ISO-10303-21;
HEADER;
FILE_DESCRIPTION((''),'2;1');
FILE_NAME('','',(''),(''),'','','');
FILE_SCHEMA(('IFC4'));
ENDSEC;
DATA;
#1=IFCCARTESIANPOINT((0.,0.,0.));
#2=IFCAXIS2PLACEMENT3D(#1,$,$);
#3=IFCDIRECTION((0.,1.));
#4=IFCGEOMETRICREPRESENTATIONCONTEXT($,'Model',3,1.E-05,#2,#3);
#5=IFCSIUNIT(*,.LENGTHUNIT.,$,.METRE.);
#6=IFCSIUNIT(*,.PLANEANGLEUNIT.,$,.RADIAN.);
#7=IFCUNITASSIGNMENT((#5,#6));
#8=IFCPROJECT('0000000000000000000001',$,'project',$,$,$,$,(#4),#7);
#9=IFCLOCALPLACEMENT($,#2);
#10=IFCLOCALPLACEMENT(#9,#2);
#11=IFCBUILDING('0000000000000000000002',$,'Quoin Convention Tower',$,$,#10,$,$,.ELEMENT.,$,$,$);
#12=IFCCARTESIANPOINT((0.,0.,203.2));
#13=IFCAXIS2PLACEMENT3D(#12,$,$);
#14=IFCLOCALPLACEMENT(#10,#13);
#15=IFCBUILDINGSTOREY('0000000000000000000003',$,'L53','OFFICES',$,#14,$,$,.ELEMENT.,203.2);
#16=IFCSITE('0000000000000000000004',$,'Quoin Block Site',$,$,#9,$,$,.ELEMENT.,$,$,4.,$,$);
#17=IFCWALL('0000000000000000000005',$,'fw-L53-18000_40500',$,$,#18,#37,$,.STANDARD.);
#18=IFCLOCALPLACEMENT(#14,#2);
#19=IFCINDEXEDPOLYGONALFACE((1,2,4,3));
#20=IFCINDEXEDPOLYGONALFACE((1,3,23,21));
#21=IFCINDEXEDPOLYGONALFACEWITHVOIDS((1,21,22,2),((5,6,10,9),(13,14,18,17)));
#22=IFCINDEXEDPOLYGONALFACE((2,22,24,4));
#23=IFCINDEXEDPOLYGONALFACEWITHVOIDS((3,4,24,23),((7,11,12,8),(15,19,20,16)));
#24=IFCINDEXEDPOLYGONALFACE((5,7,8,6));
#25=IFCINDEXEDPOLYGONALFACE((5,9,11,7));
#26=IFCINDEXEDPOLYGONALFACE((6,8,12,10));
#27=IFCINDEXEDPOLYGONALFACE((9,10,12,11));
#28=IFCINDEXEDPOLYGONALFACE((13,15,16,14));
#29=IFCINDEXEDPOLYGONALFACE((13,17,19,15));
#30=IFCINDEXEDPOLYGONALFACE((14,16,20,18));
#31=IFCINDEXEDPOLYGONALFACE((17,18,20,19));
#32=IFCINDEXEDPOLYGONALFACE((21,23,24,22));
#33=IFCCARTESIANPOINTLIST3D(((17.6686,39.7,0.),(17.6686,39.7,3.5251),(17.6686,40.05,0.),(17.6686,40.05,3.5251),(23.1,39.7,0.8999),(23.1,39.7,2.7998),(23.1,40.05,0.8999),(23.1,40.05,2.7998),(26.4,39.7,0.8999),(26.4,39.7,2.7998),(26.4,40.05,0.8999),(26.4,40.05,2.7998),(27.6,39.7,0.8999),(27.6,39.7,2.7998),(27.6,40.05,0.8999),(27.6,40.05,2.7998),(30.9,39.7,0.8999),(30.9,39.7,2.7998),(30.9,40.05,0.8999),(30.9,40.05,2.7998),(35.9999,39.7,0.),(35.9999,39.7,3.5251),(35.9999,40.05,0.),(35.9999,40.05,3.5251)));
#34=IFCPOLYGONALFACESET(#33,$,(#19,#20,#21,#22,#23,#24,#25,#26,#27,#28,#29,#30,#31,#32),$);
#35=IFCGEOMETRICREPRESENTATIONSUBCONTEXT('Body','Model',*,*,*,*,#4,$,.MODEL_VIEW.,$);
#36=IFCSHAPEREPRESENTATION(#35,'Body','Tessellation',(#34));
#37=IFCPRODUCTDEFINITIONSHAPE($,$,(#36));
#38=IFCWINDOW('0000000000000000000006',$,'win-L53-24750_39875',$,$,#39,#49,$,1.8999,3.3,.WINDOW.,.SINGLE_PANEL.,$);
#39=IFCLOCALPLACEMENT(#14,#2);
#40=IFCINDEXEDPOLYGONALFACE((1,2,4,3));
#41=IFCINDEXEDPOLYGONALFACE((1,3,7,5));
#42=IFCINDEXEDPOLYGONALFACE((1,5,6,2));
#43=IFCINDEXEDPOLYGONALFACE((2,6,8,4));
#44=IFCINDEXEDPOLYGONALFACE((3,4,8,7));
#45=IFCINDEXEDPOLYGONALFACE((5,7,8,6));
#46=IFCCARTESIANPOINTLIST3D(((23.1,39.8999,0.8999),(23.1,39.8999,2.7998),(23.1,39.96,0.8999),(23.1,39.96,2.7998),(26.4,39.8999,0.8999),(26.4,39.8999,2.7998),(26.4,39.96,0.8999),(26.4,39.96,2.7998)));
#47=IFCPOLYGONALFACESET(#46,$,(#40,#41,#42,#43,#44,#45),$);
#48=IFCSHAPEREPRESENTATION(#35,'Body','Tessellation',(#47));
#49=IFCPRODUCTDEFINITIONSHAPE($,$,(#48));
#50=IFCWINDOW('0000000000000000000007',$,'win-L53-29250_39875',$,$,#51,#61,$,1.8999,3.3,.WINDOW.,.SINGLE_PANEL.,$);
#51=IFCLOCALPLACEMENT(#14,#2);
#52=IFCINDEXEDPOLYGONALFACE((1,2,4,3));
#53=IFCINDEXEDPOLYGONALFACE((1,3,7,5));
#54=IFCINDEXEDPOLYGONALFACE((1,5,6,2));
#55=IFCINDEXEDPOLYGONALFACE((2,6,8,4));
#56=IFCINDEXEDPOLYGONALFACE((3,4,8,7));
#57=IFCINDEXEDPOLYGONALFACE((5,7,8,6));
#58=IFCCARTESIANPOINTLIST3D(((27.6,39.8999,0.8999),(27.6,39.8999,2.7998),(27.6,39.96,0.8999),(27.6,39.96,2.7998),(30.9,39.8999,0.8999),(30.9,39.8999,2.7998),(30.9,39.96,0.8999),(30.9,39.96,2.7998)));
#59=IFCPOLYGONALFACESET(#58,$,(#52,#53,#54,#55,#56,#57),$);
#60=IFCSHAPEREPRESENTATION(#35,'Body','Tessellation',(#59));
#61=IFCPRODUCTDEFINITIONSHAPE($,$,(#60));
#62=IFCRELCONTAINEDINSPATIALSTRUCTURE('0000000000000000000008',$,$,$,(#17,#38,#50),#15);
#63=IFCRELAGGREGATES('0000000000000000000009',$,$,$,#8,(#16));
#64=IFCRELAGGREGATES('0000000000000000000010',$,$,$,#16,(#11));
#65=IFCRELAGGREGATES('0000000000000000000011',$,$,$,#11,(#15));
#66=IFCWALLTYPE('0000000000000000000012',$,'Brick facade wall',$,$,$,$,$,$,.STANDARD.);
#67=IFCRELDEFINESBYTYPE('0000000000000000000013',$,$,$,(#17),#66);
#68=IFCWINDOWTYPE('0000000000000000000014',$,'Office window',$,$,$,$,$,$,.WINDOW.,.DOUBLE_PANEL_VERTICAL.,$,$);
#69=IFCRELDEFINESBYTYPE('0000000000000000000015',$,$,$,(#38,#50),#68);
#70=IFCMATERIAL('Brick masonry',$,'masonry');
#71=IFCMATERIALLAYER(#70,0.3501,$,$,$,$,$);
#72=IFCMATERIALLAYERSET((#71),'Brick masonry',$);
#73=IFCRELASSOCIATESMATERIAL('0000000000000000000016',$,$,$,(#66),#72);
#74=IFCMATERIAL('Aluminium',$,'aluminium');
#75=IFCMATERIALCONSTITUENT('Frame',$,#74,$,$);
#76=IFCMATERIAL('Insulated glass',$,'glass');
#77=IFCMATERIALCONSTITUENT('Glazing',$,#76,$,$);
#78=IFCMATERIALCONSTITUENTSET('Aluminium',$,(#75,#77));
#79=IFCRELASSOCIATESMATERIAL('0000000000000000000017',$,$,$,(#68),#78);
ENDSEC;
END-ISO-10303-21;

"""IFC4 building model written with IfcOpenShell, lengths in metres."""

from ifc_helpers import new_model, si_unit, direction, frame, frame_2d, origin, place, context, subcontext, project, spatial, rectangle, extrude, material, layer, layer_set, constituent, constituent_set, type_object, element, fill, save


model = new_model("IFC4")

# Units and contexts
model_context = context("Model", 3, precision=1e-05, world=origin(), true_north=direction((0.0, 1.0)))
body_context = subcontext(model_context, "Body", "Model", "MODEL_VIEW")
ifc_project = project(units=[si_unit("LENGTHUNIT", "METRE"), si_unit("PLANEANGLEUNIT", "RADIAN")], contexts=[model_context])

# Site, building, storey
site_placement = place(None, origin())
site = spatial("IfcSite", under=ifc_project, at=site_placement, Name="Quoin Block Site", CompositionType="ELEMENT", RefElevation=4.0)
building_placement = place(site_placement, origin())
building = spatial("IfcBuilding", under=site, at=building_placement, Name="Quoin Convention Tower", CompositionType="ELEMENT")
storey_placement = place(building_placement, frame((0.0, 0.0, 203.2)))
storey = spatial("IfcBuildingStorey", under=building, at=storey_placement, Name="L53", Description="OFFICES", CompositionType="ELEMENT", Elevation=203.2)

# Wall, openings, windows
ifc_material_1 = material(Name="Brick masonry", Category="masonry")
ifc_layer_1 = layer(ifc_material_1, 0.3501)
ifc_layer_set_1 = layer_set([ifc_layer_1], Name="Brick masonry")
wall_type = type_object("IfcWallType", Name="Brick facade wall", PredefinedType="STANDARD", material=ifc_layer_set_1)
ifc_material_2 = material(Name="Aluminium", Category="aluminium")
ifc_constituent_1 = constituent(ifc_material_2, Name="Frame")
ifc_material_3 = material(Name="Insulated glass", Category="glass")
ifc_constituent_2 = constituent(ifc_material_3, Name="Glazing")
ifc_constituent_set = constituent_set(constituents=[ifc_constituent_1, ifc_constituent_2], Name="Aluminium")
window_type = type_object("IfcWindowType", Name="Office window", PartitioningType="DOUBLE_PANEL_VERTICAL", PredefinedType="WINDOW", material=ifc_constituent_set)
wall_1_placement = place(storey_placement, frame((17.6687, 39.875, 0.0), z_axis=(0.0, 0.0, 1.0), x_axis=(1.0, 0.0, 0.0)))
wall_1 = element("IfcWall", 1, at=wall_1_placement, inside=storey, type_object=wall_type, Name="fw-L53-18000_40500", PredefinedType="STANDARD", context=body_context, shape_type="SweptSolid", body=[
    extrude(rectangle(XDim=18.3313, YDim=0.3501, at=frame_2d((9.1655, 0.0))), origin(), (0.0, 0.0, 1.0), 3.5251),
])
opening_1_placement = place(wall_1_placement, frame((5.4314, 0.0, 0.8999)))
opening_1 = element("IfcOpeningElement", 2, at=opening_1_placement, cuts=wall_1, PredefinedType="OPENING", context=body_context, shape_type="SweptSolid", body=[
    extrude(rectangle(XDim=3.3, YDim=1.8999, at=frame_2d((1.6499, 0.95))), frame((0.0, 0.1851, 0.0), z_axis=(0.0, -1.0, 0.0), x_axis=(1.0, 0.0, 0.0)), (0.0, 0.0, 1.0), 0.3701),
])
opening_2_placement = place(wall_1_placement, frame((9.9314, 0.0, 0.8999)))
opening_2 = element("IfcOpeningElement", 3, at=opening_2_placement, cuts=wall_1, PredefinedType="OPENING", context=body_context, shape_type="SweptSolid", body=[
    extrude(rectangle(XDim=3.3, YDim=1.8999, at=frame_2d((1.6499, 0.95))), frame((0.0, 0.1851, 0.0), z_axis=(0.0, -1.0, 0.0), x_axis=(1.0, 0.0, 0.0)), (0.0, 0.0, 1.0), 0.3701),
])
window_1_placement = place(opening_1_placement, origin())
window_1 = element("IfcWindow", 4, at=window_1_placement, inside=storey, type_object=window_type, Name="win-L53-24750_39875", OverallHeight=1.8999, OverallWidth=3.3, PartitioningType="SINGLE_PANEL", PredefinedType="WINDOW", context=body_context, shape_type="SweptSolid", body=[
    extrude(rectangle(XDim=3.3, YDim=1.8999, at=frame_2d((1.6499, 0.95))), frame((0.0, 0.085, 0.0), z_axis=(0.0, -1.0, 0.0), x_axis=(1.0, 0.0, 0.0)), (0.0, 0.0, 1.0), 0.0601),
])
fill(opening_1, window_1)
window_2_placement = place(opening_2_placement, origin())
window_2 = element("IfcWindow", 5, at=window_2_placement, inside=storey, type_object=window_type, Name="win-L53-29250_39875", OverallHeight=1.8999, OverallWidth=3.3, PartitioningType="SINGLE_PANEL", PredefinedType="WINDOW", context=body_context, shape_type="SweptSolid", body=[
    extrude(rectangle(XDim=3.3, YDim=1.8999, at=frame_2d((1.6499, 0.95))), frame((0.0, 0.085, 0.0), z_axis=(0.0, -1.0, 0.0), x_axis=(1.0, 0.0, 0.0)), (0.0, 0.0, 1.0), 0.0601),
])
fill(opening_2, window_2)

save(model, "model.ifc")
